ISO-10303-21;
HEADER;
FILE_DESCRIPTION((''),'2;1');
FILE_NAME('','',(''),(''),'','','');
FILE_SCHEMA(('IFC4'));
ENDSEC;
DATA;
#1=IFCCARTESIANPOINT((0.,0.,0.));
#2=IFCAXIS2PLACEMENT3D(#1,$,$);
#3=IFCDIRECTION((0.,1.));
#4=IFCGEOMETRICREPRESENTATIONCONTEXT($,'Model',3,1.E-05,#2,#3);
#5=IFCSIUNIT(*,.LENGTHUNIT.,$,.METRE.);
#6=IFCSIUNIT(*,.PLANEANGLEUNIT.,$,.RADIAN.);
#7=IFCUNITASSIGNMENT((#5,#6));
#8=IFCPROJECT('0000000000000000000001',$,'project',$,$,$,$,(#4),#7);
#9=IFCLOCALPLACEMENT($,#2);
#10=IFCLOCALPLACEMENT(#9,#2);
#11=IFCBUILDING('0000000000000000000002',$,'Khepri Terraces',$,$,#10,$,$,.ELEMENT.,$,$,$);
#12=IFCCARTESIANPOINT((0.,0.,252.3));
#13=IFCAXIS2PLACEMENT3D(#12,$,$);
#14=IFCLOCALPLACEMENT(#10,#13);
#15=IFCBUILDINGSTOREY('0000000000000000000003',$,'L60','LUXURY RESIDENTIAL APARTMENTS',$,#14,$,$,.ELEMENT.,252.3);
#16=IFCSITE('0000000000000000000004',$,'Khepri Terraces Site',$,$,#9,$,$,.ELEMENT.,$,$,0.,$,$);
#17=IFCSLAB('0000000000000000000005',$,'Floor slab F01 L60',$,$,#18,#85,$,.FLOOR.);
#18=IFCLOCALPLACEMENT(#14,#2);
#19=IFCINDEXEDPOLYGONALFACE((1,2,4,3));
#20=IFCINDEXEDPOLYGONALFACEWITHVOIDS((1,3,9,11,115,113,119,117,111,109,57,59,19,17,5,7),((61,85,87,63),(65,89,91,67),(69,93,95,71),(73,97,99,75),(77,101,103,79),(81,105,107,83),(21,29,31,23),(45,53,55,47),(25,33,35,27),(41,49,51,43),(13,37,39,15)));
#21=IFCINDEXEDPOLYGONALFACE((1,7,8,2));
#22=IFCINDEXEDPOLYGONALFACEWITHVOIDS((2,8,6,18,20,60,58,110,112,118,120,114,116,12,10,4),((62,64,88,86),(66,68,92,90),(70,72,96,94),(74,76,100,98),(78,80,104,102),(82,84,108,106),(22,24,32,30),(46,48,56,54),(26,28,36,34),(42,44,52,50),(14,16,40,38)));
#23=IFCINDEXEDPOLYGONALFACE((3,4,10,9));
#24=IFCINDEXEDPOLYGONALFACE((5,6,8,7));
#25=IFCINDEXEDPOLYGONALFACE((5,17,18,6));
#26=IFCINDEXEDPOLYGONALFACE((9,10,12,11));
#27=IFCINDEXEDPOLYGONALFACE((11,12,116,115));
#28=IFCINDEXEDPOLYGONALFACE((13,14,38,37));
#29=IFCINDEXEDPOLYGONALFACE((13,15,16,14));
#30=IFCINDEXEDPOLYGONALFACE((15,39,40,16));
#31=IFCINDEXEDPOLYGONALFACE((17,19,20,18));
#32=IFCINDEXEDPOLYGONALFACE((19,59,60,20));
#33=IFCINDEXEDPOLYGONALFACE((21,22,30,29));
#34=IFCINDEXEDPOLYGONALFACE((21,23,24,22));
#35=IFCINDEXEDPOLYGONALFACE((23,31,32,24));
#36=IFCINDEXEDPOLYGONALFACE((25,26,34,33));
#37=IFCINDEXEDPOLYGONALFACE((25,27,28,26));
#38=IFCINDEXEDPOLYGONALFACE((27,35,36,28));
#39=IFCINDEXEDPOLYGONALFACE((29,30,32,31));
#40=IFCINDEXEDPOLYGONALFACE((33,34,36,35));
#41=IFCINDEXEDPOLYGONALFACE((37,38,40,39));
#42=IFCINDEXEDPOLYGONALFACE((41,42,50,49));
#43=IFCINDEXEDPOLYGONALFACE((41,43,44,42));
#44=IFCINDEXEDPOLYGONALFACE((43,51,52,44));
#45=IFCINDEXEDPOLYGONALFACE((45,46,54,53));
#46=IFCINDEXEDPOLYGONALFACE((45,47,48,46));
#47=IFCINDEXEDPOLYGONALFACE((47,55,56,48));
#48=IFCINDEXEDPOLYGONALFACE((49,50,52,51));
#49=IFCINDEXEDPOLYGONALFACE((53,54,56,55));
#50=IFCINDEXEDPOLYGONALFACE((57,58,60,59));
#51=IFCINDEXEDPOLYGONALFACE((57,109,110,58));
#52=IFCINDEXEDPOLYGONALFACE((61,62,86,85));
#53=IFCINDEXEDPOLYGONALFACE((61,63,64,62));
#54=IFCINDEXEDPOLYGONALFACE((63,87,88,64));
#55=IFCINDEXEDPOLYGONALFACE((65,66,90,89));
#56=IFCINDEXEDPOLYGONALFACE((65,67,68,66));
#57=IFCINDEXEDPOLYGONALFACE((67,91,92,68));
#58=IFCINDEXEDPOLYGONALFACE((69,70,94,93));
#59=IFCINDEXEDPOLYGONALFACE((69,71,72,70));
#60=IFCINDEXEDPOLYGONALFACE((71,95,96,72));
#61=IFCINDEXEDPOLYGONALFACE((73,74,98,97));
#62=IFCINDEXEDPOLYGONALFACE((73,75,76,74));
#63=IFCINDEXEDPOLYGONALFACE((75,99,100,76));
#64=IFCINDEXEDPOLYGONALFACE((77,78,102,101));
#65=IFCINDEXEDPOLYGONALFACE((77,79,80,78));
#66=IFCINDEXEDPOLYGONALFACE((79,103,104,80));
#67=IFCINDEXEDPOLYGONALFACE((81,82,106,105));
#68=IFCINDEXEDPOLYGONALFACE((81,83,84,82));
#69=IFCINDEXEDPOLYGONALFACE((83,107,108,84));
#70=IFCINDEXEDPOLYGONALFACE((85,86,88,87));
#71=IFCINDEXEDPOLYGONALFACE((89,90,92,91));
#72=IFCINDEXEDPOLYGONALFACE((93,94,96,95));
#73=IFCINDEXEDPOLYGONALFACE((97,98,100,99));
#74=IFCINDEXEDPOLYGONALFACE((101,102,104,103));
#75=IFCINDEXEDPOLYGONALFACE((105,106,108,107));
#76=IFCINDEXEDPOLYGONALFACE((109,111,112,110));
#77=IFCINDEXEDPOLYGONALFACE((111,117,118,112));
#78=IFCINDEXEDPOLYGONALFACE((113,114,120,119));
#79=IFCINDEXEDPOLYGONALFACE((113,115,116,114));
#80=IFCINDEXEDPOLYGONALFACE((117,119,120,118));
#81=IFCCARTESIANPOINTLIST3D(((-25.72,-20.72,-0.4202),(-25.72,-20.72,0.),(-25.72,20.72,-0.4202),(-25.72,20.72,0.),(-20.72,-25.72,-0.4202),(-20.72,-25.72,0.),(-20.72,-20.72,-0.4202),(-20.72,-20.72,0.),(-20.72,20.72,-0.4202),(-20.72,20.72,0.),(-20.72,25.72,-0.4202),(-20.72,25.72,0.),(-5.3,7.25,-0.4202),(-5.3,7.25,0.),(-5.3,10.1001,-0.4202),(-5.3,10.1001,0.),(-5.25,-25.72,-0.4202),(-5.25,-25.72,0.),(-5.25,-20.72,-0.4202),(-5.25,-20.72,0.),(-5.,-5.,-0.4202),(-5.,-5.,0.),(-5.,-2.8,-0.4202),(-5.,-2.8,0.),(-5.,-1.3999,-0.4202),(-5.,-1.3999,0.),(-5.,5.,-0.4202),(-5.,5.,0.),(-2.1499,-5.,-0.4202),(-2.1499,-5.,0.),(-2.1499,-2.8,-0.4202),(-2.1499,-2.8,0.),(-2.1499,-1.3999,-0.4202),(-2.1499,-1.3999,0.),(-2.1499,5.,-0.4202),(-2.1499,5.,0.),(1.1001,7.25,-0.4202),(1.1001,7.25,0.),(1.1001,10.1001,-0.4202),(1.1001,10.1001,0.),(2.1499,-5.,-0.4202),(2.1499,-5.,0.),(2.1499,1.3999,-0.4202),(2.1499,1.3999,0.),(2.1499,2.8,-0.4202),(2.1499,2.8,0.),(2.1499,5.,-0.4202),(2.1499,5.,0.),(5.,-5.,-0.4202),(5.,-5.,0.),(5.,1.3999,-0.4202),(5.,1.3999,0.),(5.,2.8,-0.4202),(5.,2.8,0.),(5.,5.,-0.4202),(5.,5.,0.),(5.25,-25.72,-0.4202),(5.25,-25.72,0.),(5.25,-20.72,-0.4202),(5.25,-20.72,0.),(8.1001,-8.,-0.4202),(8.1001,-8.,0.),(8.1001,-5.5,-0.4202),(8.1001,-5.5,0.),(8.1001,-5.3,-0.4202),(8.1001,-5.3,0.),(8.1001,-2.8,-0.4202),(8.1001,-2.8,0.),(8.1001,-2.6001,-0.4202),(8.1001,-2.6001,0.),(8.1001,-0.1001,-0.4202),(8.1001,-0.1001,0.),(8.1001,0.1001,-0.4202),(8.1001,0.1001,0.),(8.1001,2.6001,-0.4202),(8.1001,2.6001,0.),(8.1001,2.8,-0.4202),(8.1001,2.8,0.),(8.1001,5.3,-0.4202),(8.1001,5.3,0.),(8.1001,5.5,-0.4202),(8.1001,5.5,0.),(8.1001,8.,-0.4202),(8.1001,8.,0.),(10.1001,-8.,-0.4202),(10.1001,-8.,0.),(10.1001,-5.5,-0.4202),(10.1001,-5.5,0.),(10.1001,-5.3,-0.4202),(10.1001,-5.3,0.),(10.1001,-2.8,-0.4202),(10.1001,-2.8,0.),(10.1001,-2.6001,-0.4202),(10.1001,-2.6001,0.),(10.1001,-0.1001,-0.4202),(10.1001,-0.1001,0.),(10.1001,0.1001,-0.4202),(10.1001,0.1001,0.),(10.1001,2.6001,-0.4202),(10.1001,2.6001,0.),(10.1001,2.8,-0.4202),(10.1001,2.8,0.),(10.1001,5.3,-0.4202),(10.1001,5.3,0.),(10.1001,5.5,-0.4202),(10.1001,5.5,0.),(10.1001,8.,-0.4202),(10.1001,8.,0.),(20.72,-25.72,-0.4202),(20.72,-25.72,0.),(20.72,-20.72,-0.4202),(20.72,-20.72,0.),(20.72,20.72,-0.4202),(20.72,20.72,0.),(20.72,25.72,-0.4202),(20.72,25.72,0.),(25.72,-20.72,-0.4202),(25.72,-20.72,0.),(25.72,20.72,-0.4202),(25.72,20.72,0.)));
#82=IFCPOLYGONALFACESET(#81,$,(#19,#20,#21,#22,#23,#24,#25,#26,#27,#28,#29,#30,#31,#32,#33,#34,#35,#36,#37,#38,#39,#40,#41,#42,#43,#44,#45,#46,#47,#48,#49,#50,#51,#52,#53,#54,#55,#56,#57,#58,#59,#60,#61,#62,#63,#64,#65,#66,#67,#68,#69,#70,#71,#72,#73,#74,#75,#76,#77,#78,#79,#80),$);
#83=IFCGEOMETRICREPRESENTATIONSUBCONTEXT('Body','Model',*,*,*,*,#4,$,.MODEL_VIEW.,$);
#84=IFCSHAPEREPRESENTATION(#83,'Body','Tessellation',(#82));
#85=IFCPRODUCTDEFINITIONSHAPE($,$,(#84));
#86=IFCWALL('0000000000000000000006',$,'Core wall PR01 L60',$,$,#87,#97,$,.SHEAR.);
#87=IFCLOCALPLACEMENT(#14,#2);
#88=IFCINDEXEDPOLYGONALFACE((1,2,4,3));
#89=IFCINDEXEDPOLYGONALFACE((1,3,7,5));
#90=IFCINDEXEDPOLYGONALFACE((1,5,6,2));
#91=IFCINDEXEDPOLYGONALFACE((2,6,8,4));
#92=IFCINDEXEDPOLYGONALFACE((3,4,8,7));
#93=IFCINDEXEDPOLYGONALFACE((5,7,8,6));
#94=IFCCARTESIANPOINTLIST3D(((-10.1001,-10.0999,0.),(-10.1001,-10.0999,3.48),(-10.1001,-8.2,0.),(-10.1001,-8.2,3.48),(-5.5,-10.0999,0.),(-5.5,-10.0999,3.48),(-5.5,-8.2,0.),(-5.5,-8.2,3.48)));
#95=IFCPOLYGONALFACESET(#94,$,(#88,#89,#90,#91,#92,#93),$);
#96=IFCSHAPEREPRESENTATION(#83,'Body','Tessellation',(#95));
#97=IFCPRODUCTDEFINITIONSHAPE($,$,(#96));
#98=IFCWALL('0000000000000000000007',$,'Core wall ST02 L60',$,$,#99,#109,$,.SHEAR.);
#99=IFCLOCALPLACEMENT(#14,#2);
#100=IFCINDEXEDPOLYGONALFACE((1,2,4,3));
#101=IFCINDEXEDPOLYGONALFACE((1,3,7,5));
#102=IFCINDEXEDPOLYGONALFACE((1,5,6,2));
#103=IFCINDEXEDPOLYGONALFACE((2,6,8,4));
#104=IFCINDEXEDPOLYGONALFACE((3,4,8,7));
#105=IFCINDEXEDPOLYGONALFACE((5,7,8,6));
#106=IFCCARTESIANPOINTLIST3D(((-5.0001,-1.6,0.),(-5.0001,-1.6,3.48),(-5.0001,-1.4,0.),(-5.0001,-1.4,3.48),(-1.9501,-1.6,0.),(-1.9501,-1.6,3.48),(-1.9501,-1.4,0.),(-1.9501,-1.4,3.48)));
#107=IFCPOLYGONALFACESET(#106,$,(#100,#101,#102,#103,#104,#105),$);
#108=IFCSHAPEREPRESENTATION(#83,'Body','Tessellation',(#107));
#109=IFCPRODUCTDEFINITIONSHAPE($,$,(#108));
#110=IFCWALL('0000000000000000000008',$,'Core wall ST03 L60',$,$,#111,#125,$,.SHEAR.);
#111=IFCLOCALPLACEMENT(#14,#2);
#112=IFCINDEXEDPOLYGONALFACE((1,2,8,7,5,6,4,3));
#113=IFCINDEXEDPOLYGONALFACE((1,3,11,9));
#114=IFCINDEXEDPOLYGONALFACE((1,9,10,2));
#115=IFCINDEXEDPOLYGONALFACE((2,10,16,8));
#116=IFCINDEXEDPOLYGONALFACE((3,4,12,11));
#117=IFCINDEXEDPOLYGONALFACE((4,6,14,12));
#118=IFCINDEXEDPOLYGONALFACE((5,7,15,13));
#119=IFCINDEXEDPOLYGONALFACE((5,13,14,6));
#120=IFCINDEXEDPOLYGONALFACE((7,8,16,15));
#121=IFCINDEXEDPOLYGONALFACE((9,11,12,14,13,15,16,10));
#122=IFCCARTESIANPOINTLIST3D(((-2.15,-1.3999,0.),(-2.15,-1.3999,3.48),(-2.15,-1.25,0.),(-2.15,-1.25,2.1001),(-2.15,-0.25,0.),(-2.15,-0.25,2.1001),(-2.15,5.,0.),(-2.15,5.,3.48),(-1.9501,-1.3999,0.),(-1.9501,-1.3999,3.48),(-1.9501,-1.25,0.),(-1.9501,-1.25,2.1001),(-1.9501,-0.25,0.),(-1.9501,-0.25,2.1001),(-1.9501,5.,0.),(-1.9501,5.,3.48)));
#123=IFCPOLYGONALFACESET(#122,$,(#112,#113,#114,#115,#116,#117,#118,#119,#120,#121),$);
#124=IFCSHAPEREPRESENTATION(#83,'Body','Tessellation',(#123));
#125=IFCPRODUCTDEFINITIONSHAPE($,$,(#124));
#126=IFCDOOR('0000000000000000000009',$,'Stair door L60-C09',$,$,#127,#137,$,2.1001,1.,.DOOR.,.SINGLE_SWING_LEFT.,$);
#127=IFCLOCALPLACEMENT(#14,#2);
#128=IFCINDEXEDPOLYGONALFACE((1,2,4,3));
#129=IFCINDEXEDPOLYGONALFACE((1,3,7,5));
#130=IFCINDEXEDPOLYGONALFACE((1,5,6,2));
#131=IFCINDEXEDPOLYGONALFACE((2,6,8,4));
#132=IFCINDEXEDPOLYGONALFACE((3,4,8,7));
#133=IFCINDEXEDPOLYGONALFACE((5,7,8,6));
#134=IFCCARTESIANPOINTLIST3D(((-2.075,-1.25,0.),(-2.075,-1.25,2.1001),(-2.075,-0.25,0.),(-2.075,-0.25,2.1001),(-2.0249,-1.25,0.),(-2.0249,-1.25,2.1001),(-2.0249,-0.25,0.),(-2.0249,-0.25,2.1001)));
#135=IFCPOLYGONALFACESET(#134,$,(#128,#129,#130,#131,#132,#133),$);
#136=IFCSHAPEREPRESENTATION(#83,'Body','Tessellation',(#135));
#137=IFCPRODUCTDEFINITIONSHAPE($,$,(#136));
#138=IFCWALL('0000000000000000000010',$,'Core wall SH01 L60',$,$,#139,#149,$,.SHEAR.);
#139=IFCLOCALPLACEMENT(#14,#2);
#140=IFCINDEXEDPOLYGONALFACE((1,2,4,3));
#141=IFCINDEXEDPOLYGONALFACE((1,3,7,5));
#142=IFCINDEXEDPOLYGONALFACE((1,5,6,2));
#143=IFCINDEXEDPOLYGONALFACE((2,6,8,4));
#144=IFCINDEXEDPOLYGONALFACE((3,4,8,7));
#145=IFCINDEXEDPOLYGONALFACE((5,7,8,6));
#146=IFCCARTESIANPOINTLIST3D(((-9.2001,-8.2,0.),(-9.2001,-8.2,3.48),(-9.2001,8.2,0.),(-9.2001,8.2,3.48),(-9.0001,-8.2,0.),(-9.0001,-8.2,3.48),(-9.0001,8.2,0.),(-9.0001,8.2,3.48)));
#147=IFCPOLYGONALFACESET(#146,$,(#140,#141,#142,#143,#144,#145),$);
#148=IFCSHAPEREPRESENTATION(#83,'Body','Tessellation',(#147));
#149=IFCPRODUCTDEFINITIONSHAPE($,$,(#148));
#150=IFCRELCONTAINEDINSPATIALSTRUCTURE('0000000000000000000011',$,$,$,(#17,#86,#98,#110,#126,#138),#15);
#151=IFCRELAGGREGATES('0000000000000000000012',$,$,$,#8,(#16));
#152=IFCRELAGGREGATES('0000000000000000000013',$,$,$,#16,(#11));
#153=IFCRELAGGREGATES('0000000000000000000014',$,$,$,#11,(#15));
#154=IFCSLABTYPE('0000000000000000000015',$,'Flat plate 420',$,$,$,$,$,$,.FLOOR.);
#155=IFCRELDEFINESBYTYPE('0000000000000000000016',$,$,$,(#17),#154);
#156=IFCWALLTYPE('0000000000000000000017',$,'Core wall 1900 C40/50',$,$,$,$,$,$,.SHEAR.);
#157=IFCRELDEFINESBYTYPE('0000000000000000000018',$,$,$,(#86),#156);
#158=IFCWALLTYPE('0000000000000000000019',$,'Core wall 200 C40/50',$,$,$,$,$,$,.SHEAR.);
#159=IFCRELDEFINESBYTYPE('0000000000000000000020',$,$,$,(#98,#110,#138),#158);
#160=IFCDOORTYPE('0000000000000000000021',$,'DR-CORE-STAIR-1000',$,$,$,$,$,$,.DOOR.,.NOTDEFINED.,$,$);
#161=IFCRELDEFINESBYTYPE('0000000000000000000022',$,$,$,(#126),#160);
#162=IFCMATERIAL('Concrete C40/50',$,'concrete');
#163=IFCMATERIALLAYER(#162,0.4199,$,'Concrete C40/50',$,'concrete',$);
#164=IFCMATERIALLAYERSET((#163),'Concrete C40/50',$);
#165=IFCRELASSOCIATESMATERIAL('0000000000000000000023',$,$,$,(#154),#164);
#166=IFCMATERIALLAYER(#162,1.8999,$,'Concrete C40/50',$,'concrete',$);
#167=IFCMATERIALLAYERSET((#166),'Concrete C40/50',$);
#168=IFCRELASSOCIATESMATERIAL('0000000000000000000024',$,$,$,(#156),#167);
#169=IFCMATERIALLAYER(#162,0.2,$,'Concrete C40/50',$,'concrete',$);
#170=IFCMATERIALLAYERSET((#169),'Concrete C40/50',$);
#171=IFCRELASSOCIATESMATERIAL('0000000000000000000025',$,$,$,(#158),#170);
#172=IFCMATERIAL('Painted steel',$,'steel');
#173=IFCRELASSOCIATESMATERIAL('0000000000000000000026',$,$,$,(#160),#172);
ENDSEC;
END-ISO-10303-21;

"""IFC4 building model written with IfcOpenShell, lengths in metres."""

from ifc_helpers import new_model, si_unit, direction, frame, frame_2d, origin, place, context, subcontext, project, spatial, polyline, rectangle, outline, extrude, material, layer, layer_set, type_object, element, fill, save


model = new_model("IFC4")

# Units and contexts
model_context = context("Model", 3, precision=1e-05, world=origin(), true_north=direction((0.0, 1.0)))
body_context = subcontext(model_context, "Body", "Model", "MODEL_VIEW")
ifc_project = project(units=[si_unit("LENGTHUNIT", "METRE"), si_unit("PLANEANGLEUNIT", "RADIAN")], contexts=[model_context])

# Site, building, storey
site_placement = place(None, origin())
site = spatial("IfcSite", under=ifc_project, at=site_placement, Name="Khepri Terraces Site", CompositionType="ELEMENT", RefElevation=0.0)
building_placement = place(site_placement, origin())
building = spatial("IfcBuilding", under=site, at=building_placement, Name="Khepri Terraces", CompositionType="ELEMENT")
storey_placement = place(building_placement, frame((0.0, 0.0, 252.3)))
storey = spatial("IfcBuildingStorey", under=building, at=storey_placement, Name="L60", Description="LUXURY RESIDENTIAL APARTMENTS", CompositionType="ELEMENT", Elevation=252.3)

# Slab
ifc_material_1 = material(Name="Concrete C40/50", Category="concrete")
ifc_layer_1 = layer(ifc_material_1, 0.4199, Name="Concrete C40/50", Category="concrete")
ifc_layer_set_1 = layer_set([ifc_layer_1], Name="Concrete C40/50")
slab_type = type_object("IfcSlabType", Name="Flat plate 420", PredefinedType="FLOOR", material=ifc_layer_set_1)
slab_placement = place(storey_placement, frame((0.0, 0.0, -0.4202)))
element("IfcSlab", 1, at=slab_placement, inside=storey, type_object=slab_type, Name="Floor slab F01 L60", PredefinedType="FLOOR", context=body_context, shape_type="SweptSolid", body=[
    extrude(outline(polyline([(-20.72, 25.72), (20.72, 25.72), (20.72, 20.72), (25.72, 20.72), (25.72, -20.72), (20.72, -20.72), (20.72, -25.72), (5.25, -25.72), (5.25, -20.72), (-5.25, -20.72), (-5.25, -25.72), (-20.72, -25.72), (-20.72, -20.72), (-25.72, -20.72), (-25.72, 20.72), (-20.72, 20.72), (-20.72, 25.72)]), holes=[polyline([(2.1499, 2.8), (5.0, 2.8), (5.0, 5.0), (2.1499, 5.0), (2.1499, 2.8)]), polyline([(-5.0, -2.8), (-5.0, -5.0), (-2.1499, -5.0), (-2.1499, -2.8), (-5.0, -2.8)]), polyline([(10.1001, -5.5), (8.1001, -5.5), (8.1001, -8.0), (10.1001, -8.0), (10.1001, -5.5)]), polyline([(10.1001, -5.3), (10.1001, -2.8), (8.1001, -2.8), (8.1001, -5.3), (10.1001, -5.3)]), polyline([(8.1001, -2.6001), (10.1001, -2.6001), (10.1001, -0.1001), (8.1001, -0.1001), (8.1001, -2.6001)]), polyline([(8.1001, 2.6001), (8.1001, 0.1001), (10.1001, 0.1001), (10.1001, 2.6001), (8.1001, 2.6001)]), polyline([(10.1001, 5.3), (8.1001, 5.3), (8.1001, 2.8), (10.1001, 2.8), (10.1001, 5.3)]), polyline([(10.1001, 5.5), (10.1001, 8.0), (8.1001, 8.0), (8.1001, 5.5), (10.1001, 5.5)]), polyline([(-5.0, -1.3999), (-2.1499, -1.3999), (-2.1499, 5.0), (-5.0, 5.0), (-5.0, -1.3999)]), polyline([(5.0, -5.0), (5.0, 1.3999), (2.1499, 1.3999), (2.1499, -5.0), (5.0, -5.0)]), polyline([(-5.3, 10.1001), (-5.3, 7.25), (1.1001, 7.25), (1.1001, 10.1001), (-5.3, 10.1001)])]), origin(), (0.0, 0.0, 1.0), 0.4202),
])

# Walls
ifc_layer_2 = layer(ifc_material_1, 1.8999, Name="Concrete C40/50", Category="concrete")
ifc_layer_set_2 = layer_set([ifc_layer_2], Name="Concrete C40/50")
wall_type_1 = type_object("IfcWallType", Name="Core wall 1900 C40/50", PredefinedType="SHEAR", material=ifc_layer_set_2)
wall_1_placement = place(storey_placement, frame((-10.1001, -9.1499, 0.0), z_axis=(0.0, 0.0, 1.0), x_axis=(1.0, 0.0, 0.0)))
element("IfcWall", 2, at=wall_1_placement, inside=storey, type_object=wall_type_1, Name="Core wall PR01 L60", PredefinedType="SHEAR", context=body_context, shape_type="SweptSolid", body=[
    extrude(rectangle(XDim=4.6001, YDim=1.8999, at=frame_2d((2.3, 0.0))), origin(), (0.0, 0.0, 1.0), 3.48),
])
ifc_layer_3 = layer(ifc_material_1, 0.2, Name="Concrete C40/50", Category="concrete")
ifc_layer_set_3 = layer_set([ifc_layer_3], Name="Concrete C40/50")
wall_type_2 = type_object("IfcWallType", Name="Core wall 200 C40/50", PredefinedType="SHEAR", material=ifc_layer_set_3)
wall_2_placement = place(storey_placement, frame((-5.0, -1.5, 0.0), z_axis=(0.0, 0.0, 1.0), x_axis=(1.0, 0.0, 0.0)))
element("IfcWall", 3, at=wall_2_placement, inside=storey, type_object=wall_type_2, Name="Core wall ST02 L60", PredefinedType="SHEAR", context=body_context, shape_type="SweptSolid", body=[
    extrude(rectangle(XDim=3.05, YDim=0.2, at=frame_2d((1.5249, 0.0))), origin(), (0.0, 0.0, 1.0), 3.48),
])

# Wall, opening, door
wall_3_placement = place(storey_placement, frame((-2.05, -1.3999, 0.0), z_axis=(0.0, 0.0, 1.0), x_axis=(0.0, 1.0, 0.0)))
wall_3 = element("IfcWall", 4, at=wall_3_placement, inside=storey, type_object=wall_type_2, Name="Core wall ST03 L60", PredefinedType="SHEAR", context=body_context, shape_type="SweptSolid", body=[
    extrude(rectangle(XDim=6.3999, YDim=0.2, at=frame_2d((3.2, 0.0))), origin(), (0.0, 0.0, 1.0), 3.48),
])
opening_1_placement = place(wall_3_placement, frame((0.1499, 0.0, 0.0)))
opening_1 = element("IfcOpeningElement", 5, at=opening_1_placement, cuts=wall_3, PredefinedType="OPENING", context=body_context, shape_type="SweptSolid", body=[
    extrude(rectangle(XDim=1.0, YDim=2.1001, at=frame_2d((0.5, 1.05))), frame((0.0, 0.1099, 0.0), z_axis=(0.0, -1.0, 0.0), x_axis=(1.0, 0.0, 0.0)), (0.0, 0.0, 1.0), 0.22),
])
ifc_material_2 = material(Name="Painted steel", Category="steel")
door_type_1 = type_object("IfcDoorType", Name="DR-CORE-STAIR-1000", OperationType="NOTDEFINED", PredefinedType="DOOR", material=ifc_material_2)
door_1_placement = place(opening_1_placement, origin())
door_1 = element("IfcDoor", 6, at=door_1_placement, inside=storey, type_object=door_type_1, Name="Stair door L60-C09", OperationType="SINGLE_SWING_LEFT", OverallHeight=2.1001, OverallWidth=1.0, PredefinedType="DOOR", context=body_context, shape_type="SweptSolid", body=[
    extrude(rectangle(XDim=1.0, YDim=2.1001, at=frame_2d((0.5, 1.05))), frame((0.0, 0.0249, 0.0), z_axis=(0.0, -1.0, 0.0), x_axis=(1.0, 0.0, 0.0)), (0.0, 0.0, 1.0), 0.05),
])
fill(opening_1, door_1)

# Wall
wall_4_placement = place(storey_placement, frame((-9.1001, -8.2, 0.0), z_axis=(0.0, 0.0, 1.0), x_axis=(0.0, 1.0, 0.0)))
element("IfcWall", 7, at=wall_4_placement, inside=storey, type_object=wall_type_2, Name="Core wall SH01 L60", PredefinedType="SHEAR", context=body_context, shape_type="SweptSolid", body=[
    extrude(rectangle(XDim=16.3999, YDim=0.2, at=frame_2d((8.2, 0.0))), origin(), (0.0, 0.0, 1.0), 3.48),
])

save(model, "model.ifc")
